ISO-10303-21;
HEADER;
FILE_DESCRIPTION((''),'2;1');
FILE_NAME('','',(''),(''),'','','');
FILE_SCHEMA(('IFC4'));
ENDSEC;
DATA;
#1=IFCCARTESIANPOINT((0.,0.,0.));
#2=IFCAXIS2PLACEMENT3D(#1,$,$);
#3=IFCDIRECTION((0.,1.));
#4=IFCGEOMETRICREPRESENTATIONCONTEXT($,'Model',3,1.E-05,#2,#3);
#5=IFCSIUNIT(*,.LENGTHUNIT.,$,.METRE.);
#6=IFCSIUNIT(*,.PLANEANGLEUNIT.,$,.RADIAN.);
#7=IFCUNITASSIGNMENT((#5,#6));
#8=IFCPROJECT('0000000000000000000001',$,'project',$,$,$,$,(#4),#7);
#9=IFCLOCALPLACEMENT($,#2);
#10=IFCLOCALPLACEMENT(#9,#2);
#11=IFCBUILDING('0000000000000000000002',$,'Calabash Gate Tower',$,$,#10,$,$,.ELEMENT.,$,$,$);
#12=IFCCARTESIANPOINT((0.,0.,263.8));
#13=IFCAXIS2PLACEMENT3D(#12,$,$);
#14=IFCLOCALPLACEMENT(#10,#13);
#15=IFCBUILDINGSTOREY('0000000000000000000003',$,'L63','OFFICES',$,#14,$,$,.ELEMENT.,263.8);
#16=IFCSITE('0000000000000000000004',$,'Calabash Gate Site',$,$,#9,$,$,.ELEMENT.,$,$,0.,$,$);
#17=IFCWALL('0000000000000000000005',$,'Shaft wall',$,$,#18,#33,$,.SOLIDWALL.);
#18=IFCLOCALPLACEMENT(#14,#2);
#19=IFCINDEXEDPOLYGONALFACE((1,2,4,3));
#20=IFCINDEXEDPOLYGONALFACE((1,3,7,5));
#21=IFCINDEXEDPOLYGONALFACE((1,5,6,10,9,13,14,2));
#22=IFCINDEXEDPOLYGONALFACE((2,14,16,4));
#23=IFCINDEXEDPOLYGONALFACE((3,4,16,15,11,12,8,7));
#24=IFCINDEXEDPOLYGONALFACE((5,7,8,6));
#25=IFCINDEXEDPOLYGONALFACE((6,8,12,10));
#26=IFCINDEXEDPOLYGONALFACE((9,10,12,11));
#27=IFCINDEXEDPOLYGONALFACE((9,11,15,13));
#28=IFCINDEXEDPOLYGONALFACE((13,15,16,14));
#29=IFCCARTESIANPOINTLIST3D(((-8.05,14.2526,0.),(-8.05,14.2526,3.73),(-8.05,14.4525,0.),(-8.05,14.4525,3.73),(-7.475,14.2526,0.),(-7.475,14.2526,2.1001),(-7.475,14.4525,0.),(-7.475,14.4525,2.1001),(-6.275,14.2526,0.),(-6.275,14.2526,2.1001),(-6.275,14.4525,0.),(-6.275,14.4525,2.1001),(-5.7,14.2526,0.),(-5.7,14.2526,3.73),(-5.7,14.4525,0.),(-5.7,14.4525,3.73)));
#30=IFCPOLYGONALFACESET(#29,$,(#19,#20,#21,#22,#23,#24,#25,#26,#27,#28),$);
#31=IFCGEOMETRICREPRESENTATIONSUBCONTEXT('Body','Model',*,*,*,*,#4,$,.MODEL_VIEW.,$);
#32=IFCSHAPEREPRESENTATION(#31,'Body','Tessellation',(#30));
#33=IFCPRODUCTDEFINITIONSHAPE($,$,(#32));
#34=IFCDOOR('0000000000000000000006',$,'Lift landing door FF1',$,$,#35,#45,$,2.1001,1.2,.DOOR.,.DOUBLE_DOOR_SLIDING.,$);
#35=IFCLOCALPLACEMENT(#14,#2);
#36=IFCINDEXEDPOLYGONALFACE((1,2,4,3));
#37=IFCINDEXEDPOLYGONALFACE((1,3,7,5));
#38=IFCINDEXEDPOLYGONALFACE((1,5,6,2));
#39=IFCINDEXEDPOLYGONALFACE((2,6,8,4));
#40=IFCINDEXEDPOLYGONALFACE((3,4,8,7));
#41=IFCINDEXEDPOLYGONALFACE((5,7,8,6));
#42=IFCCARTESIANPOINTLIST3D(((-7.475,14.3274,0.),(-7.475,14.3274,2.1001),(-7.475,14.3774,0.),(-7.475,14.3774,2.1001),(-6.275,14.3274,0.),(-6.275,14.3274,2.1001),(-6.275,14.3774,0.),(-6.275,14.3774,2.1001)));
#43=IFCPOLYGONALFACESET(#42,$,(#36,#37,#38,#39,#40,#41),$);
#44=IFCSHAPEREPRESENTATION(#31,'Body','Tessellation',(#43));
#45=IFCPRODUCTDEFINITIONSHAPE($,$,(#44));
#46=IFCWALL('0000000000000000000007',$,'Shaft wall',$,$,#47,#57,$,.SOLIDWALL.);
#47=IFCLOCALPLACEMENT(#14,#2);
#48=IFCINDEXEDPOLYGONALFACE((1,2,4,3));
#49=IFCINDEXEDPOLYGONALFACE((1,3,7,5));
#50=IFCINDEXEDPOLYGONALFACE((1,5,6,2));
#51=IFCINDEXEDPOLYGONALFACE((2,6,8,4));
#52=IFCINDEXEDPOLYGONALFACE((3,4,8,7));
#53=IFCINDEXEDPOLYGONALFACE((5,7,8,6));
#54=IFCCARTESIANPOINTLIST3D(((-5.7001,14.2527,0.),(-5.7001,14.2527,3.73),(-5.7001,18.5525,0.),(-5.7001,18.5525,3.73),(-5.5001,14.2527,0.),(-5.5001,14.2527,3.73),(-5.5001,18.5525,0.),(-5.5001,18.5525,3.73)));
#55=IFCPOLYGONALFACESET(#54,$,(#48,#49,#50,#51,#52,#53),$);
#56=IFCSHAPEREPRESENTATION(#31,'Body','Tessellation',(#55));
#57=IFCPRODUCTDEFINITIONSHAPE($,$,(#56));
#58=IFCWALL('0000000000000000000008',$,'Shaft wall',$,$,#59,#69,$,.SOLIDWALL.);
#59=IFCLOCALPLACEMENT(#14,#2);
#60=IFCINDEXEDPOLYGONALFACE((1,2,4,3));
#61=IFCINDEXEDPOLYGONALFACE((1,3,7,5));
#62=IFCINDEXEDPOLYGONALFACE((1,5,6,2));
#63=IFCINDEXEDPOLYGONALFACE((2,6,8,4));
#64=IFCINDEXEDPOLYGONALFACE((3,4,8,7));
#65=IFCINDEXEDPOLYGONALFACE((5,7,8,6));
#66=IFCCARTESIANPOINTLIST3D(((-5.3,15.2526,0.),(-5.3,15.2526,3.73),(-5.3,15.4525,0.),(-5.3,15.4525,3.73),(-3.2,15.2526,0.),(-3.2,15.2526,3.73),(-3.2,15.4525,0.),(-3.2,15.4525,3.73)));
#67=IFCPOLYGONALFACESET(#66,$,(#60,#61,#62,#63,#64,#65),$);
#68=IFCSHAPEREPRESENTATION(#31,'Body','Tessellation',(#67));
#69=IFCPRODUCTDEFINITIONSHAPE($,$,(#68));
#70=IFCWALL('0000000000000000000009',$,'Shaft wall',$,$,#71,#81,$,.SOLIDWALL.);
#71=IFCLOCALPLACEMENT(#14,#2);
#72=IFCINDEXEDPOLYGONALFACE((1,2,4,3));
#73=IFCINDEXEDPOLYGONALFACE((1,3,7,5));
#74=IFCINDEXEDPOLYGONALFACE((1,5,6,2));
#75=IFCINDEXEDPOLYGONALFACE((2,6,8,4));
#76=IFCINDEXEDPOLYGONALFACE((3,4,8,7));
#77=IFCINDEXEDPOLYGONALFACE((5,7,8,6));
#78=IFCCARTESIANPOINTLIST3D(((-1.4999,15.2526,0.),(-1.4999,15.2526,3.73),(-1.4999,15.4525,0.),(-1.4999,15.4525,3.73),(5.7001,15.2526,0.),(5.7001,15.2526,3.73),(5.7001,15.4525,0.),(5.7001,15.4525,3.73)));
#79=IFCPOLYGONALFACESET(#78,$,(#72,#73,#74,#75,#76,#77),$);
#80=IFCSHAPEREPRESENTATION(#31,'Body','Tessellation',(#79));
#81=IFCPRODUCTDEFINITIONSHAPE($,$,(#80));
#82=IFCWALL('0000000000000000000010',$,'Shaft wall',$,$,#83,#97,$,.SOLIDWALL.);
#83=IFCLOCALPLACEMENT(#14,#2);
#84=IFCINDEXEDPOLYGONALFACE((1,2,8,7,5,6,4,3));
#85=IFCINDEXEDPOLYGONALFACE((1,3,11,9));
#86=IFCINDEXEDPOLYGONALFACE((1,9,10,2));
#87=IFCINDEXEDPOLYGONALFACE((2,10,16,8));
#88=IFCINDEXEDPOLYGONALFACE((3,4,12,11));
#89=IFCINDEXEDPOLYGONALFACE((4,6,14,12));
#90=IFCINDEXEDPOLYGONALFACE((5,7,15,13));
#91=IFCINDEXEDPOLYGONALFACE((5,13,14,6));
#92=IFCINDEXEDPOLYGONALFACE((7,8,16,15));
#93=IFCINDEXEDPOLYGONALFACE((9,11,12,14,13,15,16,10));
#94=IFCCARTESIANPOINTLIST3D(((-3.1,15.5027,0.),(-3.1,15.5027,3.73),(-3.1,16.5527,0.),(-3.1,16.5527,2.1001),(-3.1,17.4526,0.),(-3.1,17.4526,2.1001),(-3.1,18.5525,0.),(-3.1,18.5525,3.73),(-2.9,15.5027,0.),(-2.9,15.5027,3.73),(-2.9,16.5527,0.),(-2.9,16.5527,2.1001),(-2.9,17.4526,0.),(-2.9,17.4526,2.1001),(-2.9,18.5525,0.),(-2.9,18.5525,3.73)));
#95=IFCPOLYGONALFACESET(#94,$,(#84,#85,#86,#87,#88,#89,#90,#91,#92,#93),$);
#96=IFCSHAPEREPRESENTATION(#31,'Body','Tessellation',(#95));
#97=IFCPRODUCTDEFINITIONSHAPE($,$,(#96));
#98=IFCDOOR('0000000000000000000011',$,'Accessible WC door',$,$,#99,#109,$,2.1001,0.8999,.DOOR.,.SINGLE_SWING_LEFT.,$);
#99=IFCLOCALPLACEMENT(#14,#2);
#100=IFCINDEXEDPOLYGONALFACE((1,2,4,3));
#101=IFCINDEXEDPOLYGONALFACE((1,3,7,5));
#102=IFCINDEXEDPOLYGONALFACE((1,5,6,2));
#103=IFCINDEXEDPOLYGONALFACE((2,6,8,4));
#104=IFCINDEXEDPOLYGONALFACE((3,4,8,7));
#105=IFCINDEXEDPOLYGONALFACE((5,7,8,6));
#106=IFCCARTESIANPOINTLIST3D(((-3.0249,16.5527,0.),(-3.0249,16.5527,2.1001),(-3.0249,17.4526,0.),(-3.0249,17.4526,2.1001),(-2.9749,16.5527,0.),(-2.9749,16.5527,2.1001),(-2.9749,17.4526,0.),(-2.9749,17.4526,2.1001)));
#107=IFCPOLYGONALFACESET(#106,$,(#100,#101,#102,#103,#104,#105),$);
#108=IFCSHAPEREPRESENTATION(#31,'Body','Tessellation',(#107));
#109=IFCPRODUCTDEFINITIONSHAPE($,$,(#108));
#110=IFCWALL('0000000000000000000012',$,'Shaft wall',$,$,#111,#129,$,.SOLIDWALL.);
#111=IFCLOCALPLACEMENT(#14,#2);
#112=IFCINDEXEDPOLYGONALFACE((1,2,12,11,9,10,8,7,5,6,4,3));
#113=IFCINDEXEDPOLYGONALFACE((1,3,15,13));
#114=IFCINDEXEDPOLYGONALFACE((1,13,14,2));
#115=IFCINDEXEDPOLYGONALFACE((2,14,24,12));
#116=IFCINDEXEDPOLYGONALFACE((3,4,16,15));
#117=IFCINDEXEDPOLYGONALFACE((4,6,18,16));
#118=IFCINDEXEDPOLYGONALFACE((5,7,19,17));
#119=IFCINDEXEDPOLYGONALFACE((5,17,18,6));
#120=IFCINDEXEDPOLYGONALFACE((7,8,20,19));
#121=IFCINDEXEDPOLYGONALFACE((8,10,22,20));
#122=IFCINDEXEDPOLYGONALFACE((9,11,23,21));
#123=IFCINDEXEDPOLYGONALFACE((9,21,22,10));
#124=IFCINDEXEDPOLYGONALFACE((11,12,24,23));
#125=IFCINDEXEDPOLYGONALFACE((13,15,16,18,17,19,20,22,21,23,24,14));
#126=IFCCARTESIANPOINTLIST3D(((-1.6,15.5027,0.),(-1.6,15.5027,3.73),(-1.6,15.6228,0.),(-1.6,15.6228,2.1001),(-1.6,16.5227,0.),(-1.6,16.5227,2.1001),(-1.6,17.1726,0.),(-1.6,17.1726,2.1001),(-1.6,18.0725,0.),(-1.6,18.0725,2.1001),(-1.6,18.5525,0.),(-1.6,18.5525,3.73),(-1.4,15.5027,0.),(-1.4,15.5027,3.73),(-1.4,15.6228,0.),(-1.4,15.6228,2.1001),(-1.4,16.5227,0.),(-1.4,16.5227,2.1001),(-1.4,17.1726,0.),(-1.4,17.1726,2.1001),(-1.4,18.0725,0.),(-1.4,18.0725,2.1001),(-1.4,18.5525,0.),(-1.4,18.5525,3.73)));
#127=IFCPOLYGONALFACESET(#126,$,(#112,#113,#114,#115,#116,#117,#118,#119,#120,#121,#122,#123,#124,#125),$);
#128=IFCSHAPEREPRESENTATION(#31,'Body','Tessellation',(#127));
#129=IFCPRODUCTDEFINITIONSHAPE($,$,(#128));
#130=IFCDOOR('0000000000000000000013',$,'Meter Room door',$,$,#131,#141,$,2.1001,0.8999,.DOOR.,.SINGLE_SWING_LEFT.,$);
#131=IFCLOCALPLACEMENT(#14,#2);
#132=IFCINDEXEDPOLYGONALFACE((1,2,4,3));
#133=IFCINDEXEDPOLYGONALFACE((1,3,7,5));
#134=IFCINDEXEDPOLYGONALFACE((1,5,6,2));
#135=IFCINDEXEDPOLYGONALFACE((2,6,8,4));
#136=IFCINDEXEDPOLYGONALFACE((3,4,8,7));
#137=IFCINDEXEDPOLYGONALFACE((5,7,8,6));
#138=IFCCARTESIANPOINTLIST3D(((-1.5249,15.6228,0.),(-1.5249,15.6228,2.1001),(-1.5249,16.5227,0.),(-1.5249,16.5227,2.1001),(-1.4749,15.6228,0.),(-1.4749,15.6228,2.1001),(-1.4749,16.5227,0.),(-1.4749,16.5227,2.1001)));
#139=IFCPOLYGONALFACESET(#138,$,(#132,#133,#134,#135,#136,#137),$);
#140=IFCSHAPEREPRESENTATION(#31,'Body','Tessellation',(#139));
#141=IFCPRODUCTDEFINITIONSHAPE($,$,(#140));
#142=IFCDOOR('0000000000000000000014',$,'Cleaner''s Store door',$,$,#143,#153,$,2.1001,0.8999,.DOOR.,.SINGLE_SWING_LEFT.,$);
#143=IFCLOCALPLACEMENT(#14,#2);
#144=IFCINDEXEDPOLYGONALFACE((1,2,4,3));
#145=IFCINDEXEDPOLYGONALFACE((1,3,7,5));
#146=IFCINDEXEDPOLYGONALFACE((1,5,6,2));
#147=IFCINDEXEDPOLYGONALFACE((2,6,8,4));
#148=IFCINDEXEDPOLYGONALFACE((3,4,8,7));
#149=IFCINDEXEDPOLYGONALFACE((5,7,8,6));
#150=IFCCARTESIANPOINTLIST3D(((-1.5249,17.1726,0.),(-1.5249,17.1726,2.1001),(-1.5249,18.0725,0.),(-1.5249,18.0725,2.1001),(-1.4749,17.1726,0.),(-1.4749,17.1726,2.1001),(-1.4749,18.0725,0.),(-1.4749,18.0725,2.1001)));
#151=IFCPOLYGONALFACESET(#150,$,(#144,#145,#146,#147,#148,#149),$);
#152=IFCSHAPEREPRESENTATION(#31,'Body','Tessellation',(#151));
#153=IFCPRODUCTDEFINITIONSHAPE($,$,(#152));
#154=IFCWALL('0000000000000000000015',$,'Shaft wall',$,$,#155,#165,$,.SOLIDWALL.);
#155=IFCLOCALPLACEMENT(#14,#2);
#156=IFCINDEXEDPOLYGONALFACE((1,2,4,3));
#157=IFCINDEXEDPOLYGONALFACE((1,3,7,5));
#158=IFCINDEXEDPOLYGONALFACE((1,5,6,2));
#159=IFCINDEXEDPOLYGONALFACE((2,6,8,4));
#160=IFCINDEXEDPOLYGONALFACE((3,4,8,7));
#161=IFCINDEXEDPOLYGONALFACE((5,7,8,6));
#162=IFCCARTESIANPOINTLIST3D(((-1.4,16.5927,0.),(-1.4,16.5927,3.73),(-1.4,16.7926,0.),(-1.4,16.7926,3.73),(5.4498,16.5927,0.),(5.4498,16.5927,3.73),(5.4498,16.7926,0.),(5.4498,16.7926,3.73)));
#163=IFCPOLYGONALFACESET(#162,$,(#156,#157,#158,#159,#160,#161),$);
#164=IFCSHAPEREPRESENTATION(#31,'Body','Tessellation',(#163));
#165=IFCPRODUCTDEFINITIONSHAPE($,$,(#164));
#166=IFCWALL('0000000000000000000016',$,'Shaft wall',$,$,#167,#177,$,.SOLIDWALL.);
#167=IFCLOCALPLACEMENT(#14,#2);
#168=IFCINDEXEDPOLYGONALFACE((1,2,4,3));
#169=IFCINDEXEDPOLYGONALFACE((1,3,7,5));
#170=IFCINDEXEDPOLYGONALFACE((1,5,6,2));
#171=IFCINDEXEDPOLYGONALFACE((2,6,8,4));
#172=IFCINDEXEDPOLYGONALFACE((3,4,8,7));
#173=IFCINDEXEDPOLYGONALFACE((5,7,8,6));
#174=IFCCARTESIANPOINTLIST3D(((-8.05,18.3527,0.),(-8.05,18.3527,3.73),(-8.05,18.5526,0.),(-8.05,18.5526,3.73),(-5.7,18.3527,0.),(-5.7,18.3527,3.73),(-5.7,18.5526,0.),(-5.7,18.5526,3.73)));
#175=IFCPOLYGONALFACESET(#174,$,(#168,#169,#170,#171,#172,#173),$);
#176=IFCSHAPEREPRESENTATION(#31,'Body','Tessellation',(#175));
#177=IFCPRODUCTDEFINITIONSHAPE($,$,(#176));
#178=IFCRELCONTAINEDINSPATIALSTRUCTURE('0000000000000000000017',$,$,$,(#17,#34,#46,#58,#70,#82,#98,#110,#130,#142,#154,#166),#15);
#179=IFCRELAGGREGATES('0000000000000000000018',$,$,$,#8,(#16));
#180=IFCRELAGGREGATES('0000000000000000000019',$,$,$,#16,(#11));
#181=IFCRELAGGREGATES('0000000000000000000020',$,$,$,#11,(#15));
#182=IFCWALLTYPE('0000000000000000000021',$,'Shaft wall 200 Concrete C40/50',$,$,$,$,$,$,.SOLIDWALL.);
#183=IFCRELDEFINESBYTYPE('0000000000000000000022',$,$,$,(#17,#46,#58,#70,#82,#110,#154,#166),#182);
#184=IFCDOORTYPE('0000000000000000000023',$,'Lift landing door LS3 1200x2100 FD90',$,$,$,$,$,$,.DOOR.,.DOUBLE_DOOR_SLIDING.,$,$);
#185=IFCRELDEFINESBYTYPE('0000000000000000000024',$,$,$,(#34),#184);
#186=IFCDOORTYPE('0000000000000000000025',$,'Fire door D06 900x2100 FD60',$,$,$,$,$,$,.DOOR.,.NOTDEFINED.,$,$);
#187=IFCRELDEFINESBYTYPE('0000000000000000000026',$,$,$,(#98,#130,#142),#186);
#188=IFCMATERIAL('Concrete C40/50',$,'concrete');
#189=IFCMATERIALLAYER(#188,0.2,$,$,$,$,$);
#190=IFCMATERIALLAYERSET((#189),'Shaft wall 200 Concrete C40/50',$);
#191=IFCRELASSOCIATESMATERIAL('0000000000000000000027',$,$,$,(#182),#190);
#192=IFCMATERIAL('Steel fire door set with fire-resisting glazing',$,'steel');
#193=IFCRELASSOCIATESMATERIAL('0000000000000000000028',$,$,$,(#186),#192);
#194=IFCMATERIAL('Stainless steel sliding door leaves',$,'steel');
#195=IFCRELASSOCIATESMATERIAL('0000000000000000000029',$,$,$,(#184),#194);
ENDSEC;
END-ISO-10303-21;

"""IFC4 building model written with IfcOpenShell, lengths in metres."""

from ifc_helpers import new_model, si_unit, direction, frame, frame_2d, origin, place, context, subcontext, project, spatial, rectangle, extrude, material, layer, layer_set, type_object, element, fill, save


model = new_model("IFC4")

# Units and contexts
model_context = context("Model", 3, precision=1e-05, world=origin(), true_north=direction((0.0, 1.0)))
body_context = subcontext(model_context, "Body", "Model", "MODEL_VIEW")
ifc_project = project(units=[si_unit("LENGTHUNIT", "METRE"), si_unit("PLANEANGLEUNIT", "RADIAN")], contexts=[model_context])

# Site, building, storey
site_placement = place(None, origin())
site = spatial("IfcSite", under=ifc_project, at=site_placement, Name="Calabash Gate Site", CompositionType="ELEMENT", RefElevation=0.0)
building_placement = place(site_placement, origin())
building = spatial("IfcBuilding", under=site, at=building_placement, Name="Calabash Gate Tower", CompositionType="ELEMENT")
storey_placement = place(building_placement, frame((0.0, 0.0, 263.8)))
storey = spatial("IfcBuildingStorey", under=building, at=storey_placement, Name="L63", Description="OFFICES", CompositionType="ELEMENT", Elevation=263.8)

# Shared definitions
ifc_material_1 = material(Name="Concrete C40/50", Category="concrete")
ifc_layer_1 = layer(ifc_material_1, 0.2)
ifc_layer_set_1 = layer_set([ifc_layer_1], Name="Shaft wall 200 Concrete C40/50")
wall_type_1 = type_object("IfcWallType", Name="Shaft wall 200 Concrete C40/50", PredefinedType="SOLIDWALL", material=ifc_layer_set_1)
ifc_material_2 = material(Name="Steel fire door set with fire-resisting glazing", Category="steel")
door_type_1 = type_object("IfcDoorType", Name="Fire door D06 900x2100 FD60", OperationType="NOTDEFINED", PredefinedType="DOOR", material=ifc_material_2)

# Wall, opening, door
wall_1_placement = place(storey_placement, frame((-8.05, 14.3525, 0.0), z_axis=(0.0, 0.0, 1.0), x_axis=(1.0, 0.0, 0.0)))
wall_1 = element("IfcWall", 1, at=wall_1_placement, inside=storey, type_object=wall_type_1, Name="Shaft wall", PredefinedType="SOLIDWALL", context=body_context, shape_type="SweptSolid", body=[
    extrude(rectangle(XDim=2.3501, YDim=0.2, at=frame_2d((1.175, 0.0))), origin(), (0.0, 0.0, 1.0), 3.73),
])
opening_1_placement = place(wall_1_placement, frame((0.575, 0.0, 0.0)))
opening_1 = element("IfcOpeningElement", 2, at=opening_1_placement, cuts=wall_1, PredefinedType="OPENING", context=body_context, shape_type="SweptSolid", body=[
    extrude(rectangle(XDim=1.2, YDim=2.1001, at=frame_2d((0.6001, 1.05))), frame((0.0, 0.1099, 0.0), z_axis=(0.0, -1.0, 0.0), x_axis=(1.0, 0.0, 0.0)), (0.0, 0.0, 1.0), 0.22),
])
ifc_material_3 = material(Name="Stainless steel sliding door leaves", Category="steel")
door_type_2 = type_object("IfcDoorType", Name="Lift landing door LS3 1200x2100 FD90", OperationType="DOUBLE_DOOR_SLIDING", PredefinedType="DOOR", material=ifc_material_3)
door_1_placement = place(opening_1_placement, origin())
door_1 = element("IfcDoor", 3, at=door_1_placement, inside=storey, type_object=door_type_2, Name="Lift landing door FF1", OperationType="DOUBLE_DOOR_SLIDING", OverallHeight=2.1001, OverallWidth=1.2, PredefinedType="DOOR", context=body_context, shape_type="SweptSolid", body=[
    extrude(rectangle(XDim=1.2, YDim=2.1001, at=frame_2d((0.6001, 1.05))), frame((0.0, 0.0249, 0.0), z_axis=(0.0, -1.0, 0.0), x_axis=(1.0, 0.0, 0.0)), (0.0, 0.0, 1.0), 0.05),
])
fill(opening_1, door_1)

# Walls
wall_2_placement = place(storey_placement, frame((-5.6001, 14.2527, 0.0), z_axis=(0.0, 0.0, 1.0), x_axis=(0.0, 1.0, 0.0)))
element("IfcWall", 4, at=wall_2_placement, inside=storey, type_object=wall_type_1, Name="Shaft wall", PredefinedType="SOLIDWALL", context=body_context, shape_type="SweptSolid", body=[
    extrude(rectangle(XDim=4.2998, YDim=0.2, at=frame_2d((2.1499, 0.0))), origin(), (0.0, 0.0, 1.0), 3.73),
])
wall_3_placement = place(storey_placement, frame((-5.3, 15.3525, 0.0), z_axis=(0.0, 0.0, 1.0), x_axis=(1.0, 0.0, 0.0)))
element("IfcWall", 5, at=wall_3_placement, inside=storey, type_object=wall_type_1, Name="Shaft wall", PredefinedType="SOLIDWALL", context=body_context, shape_type="SweptSolid", body=[
    extrude(rectangle(XDim=2.1001, YDim=0.2, at=frame_2d((1.05, 0.0))), origin(), (0.0, 0.0, 1.0), 3.73),
])
wall_4_placement = place(storey_placement, frame((-1.5, 15.3525, 0.0), z_axis=(0.0, 0.0, 1.0), x_axis=(1.0, 0.0, 0.0)))
element("IfcWall", 6, at=wall_4_placement, inside=storey, type_object=wall_type_1, Name="Shaft wall", PredefinedType="SOLIDWALL", context=body_context, shape_type="SweptSolid", body=[
    extrude(rectangle(XDim=7.2, YDim=0.2, at=frame_2d((3.6001, 0.0))), origin(), (0.0, 0.0, 1.0), 3.73),
])

# Wall, opening, door
wall_5_placement = place(storey_placement, frame((-3.0, 15.5027, 0.0), z_axis=(0.0, 0.0, 1.0), x_axis=(0.0, 1.0, 0.0)))
wall_5 = element("IfcWall", 7, at=wall_5_placement, inside=storey, type_object=wall_type_1, Name="Shaft wall", PredefinedType="SOLIDWALL", context=body_context, shape_type="SweptSolid", body=[
    extrude(rectangle(XDim=3.0498, YDim=0.2, at=frame_2d((1.5249, 0.0))), origin(), (0.0, 0.0, 1.0), 3.73),
])
opening_2_placement = place(wall_5_placement, frame((1.05, 0.0, 0.0)))
opening_2 = element("IfcOpeningElement", 8, at=opening_2_placement, cuts=wall_5, PredefinedType="OPENING", context=body_context, shape_type="SweptSolid", body=[
    extrude(rectangle(XDim=0.8999, YDim=2.1001, at=frame_2d((0.45, 1.05))), frame((0.0, 0.1099, 0.0), z_axis=(0.0, -1.0, 0.0), x_axis=(1.0, 0.0, 0.0)), (0.0, 0.0, 1.0), 0.22),
])
door_2_placement = place(opening_2_placement, origin())
door_2 = element("IfcDoor", 9, at=door_2_placement, inside=storey, type_object=door_type_1, Name="Accessible WC door", OperationType="SINGLE_SWING_LEFT", OverallHeight=2.1001, OverallWidth=0.8999, PredefinedType="DOOR", context=body_context, shape_type="SweptSolid", body=[
    extrude(rectangle(XDim=0.8999, YDim=2.1001, at=frame_2d((0.45, 1.05))), frame((0.0, 0.0249, 0.0), z_axis=(0.0, -1.0, 0.0), x_axis=(1.0, 0.0, 0.0)), (0.0, 0.0, 1.0), 0.05),
])
fill(opening_2, door_2)

# Wall, openings, doors
wall_6_placement = place(storey_placement, frame((-1.5, 15.5027, 0.0), z_axis=(0.0, 0.0, 1.0), x_axis=(0.0, 1.0, 0.0)))
wall_6 = element("IfcWall", 10, at=wall_6_placement, inside=storey, type_object=wall_type_1, Name="Shaft wall", PredefinedType="SOLIDWALL", context=body_context, shape_type="SweptSolid", body=[
    extrude(rectangle(XDim=3.0498, YDim=0.2, at=frame_2d((1.5249, 0.0))), origin(), (0.0, 0.0, 1.0), 3.73),
])
opening_3_placement = place(wall_6_placement, frame((0.1201, 0.0, 0.0)))
opening_3 = element("IfcOpeningElement", 11, at=opening_3_placement, cuts=wall_6, PredefinedType="OPENING", context=body_context, shape_type="SweptSolid", body=[
    extrude(rectangle(XDim=0.8999, YDim=2.1001, at=frame_2d((0.45, 1.05))), frame((0.0, 0.1099, 0.0), z_axis=(0.0, -1.0, 0.0), x_axis=(1.0, 0.0, 0.0)), (0.0, 0.0, 1.0), 0.22),
])
opening_4_placement = place(wall_6_placement, frame((1.6699, 0.0, 0.0)))
opening_4 = element("IfcOpeningElement", 12, at=opening_4_placement, cuts=wall_6, PredefinedType="OPENING", context=body_context, shape_type="SweptSolid", body=[
    extrude(rectangle(XDim=0.8999, YDim=2.1001, at=frame_2d((0.45, 1.05))), frame((0.0, 0.1099, 0.0), z_axis=(0.0, -1.0, 0.0), x_axis=(1.0, 0.0, 0.0)), (0.0, 0.0, 1.0), 0.22),
])
door_3_placement = place(opening_3_placement, origin())
door_3 = element("IfcDoor", 13, at=door_3_placement, inside=storey, type_object=door_type_1, Name="Meter Room door", OperationType="SINGLE_SWING_LEFT", OverallHeight=2.1001, OverallWidth=0.8999, PredefinedType="DOOR", context=body_context, shape_type="SweptSolid", body=[
    extrude(rectangle(XDim=0.8999, YDim=2.1001, at=frame_2d((0.45, 1.05))), frame((0.0, 0.0249, 0.0), z_axis=(0.0, -1.0, 0.0), x_axis=(1.0, 0.0, 0.0)), (0.0, 0.0, 1.0), 0.05),
])
fill(opening_3, door_3)
door_4_placement = place(opening_4_placement, origin())
door_4 = element("IfcDoor", 14, at=door_4_placement, inside=storey, type_object=door_type_1, Name="Cleaner's Store door", OperationType="SINGLE_SWING_LEFT", OverallHeight=2.1001, OverallWidth=0.8999, PredefinedType="DOOR", context=body_context, shape_type="SweptSolid", body=[
    extrude(rectangle(XDim=0.8999, YDim=2.1001, at=frame_2d((0.45, 1.05))), frame((0.0, 0.0249, 0.0), z_axis=(0.0, -1.0, 0.0), x_axis=(1.0, 0.0, 0.0)), (0.0, 0.0, 1.0), 0.05),
])
fill(opening_4, door_4)

# Walls
wall_7_placement = place(storey_placement, frame((-1.3999, 16.6926, 0.0), z_axis=(0.0, 0.0, 1.0), x_axis=(1.0, 0.0, 0.0)))
element("IfcWall", 15, at=wall_7_placement, inside=storey, type_object=wall_type_1, Name="Shaft wall", PredefinedType="SOLIDWALL", context=body_context, shape_type="SweptSolid", body=[
    extrude(rectangle(XDim=6.8499, YDim=0.2, at=frame_2d((3.4248, 0.0))), origin(), (0.0, 0.0, 1.0), 3.73),
])
wall_8_placement = place(storey_placement, frame((-8.05, 18.4526, 0.0), z_axis=(0.0, 0.0, 1.0), x_axis=(1.0, 0.0, 0.0)))
element("IfcWall", 16, at=wall_8_placement, inside=storey, type_object=wall_type_1, Name="Shaft wall", PredefinedType="SOLIDWALL", context=body_context, shape_type="SweptSolid", body=[
    extrude(rectangle(XDim=2.3501, YDim=0.2, at=frame_2d((1.175, 0.0))), origin(), (0.0, 0.0, 1.0), 3.73),
])

save(model, "model.ifc")
